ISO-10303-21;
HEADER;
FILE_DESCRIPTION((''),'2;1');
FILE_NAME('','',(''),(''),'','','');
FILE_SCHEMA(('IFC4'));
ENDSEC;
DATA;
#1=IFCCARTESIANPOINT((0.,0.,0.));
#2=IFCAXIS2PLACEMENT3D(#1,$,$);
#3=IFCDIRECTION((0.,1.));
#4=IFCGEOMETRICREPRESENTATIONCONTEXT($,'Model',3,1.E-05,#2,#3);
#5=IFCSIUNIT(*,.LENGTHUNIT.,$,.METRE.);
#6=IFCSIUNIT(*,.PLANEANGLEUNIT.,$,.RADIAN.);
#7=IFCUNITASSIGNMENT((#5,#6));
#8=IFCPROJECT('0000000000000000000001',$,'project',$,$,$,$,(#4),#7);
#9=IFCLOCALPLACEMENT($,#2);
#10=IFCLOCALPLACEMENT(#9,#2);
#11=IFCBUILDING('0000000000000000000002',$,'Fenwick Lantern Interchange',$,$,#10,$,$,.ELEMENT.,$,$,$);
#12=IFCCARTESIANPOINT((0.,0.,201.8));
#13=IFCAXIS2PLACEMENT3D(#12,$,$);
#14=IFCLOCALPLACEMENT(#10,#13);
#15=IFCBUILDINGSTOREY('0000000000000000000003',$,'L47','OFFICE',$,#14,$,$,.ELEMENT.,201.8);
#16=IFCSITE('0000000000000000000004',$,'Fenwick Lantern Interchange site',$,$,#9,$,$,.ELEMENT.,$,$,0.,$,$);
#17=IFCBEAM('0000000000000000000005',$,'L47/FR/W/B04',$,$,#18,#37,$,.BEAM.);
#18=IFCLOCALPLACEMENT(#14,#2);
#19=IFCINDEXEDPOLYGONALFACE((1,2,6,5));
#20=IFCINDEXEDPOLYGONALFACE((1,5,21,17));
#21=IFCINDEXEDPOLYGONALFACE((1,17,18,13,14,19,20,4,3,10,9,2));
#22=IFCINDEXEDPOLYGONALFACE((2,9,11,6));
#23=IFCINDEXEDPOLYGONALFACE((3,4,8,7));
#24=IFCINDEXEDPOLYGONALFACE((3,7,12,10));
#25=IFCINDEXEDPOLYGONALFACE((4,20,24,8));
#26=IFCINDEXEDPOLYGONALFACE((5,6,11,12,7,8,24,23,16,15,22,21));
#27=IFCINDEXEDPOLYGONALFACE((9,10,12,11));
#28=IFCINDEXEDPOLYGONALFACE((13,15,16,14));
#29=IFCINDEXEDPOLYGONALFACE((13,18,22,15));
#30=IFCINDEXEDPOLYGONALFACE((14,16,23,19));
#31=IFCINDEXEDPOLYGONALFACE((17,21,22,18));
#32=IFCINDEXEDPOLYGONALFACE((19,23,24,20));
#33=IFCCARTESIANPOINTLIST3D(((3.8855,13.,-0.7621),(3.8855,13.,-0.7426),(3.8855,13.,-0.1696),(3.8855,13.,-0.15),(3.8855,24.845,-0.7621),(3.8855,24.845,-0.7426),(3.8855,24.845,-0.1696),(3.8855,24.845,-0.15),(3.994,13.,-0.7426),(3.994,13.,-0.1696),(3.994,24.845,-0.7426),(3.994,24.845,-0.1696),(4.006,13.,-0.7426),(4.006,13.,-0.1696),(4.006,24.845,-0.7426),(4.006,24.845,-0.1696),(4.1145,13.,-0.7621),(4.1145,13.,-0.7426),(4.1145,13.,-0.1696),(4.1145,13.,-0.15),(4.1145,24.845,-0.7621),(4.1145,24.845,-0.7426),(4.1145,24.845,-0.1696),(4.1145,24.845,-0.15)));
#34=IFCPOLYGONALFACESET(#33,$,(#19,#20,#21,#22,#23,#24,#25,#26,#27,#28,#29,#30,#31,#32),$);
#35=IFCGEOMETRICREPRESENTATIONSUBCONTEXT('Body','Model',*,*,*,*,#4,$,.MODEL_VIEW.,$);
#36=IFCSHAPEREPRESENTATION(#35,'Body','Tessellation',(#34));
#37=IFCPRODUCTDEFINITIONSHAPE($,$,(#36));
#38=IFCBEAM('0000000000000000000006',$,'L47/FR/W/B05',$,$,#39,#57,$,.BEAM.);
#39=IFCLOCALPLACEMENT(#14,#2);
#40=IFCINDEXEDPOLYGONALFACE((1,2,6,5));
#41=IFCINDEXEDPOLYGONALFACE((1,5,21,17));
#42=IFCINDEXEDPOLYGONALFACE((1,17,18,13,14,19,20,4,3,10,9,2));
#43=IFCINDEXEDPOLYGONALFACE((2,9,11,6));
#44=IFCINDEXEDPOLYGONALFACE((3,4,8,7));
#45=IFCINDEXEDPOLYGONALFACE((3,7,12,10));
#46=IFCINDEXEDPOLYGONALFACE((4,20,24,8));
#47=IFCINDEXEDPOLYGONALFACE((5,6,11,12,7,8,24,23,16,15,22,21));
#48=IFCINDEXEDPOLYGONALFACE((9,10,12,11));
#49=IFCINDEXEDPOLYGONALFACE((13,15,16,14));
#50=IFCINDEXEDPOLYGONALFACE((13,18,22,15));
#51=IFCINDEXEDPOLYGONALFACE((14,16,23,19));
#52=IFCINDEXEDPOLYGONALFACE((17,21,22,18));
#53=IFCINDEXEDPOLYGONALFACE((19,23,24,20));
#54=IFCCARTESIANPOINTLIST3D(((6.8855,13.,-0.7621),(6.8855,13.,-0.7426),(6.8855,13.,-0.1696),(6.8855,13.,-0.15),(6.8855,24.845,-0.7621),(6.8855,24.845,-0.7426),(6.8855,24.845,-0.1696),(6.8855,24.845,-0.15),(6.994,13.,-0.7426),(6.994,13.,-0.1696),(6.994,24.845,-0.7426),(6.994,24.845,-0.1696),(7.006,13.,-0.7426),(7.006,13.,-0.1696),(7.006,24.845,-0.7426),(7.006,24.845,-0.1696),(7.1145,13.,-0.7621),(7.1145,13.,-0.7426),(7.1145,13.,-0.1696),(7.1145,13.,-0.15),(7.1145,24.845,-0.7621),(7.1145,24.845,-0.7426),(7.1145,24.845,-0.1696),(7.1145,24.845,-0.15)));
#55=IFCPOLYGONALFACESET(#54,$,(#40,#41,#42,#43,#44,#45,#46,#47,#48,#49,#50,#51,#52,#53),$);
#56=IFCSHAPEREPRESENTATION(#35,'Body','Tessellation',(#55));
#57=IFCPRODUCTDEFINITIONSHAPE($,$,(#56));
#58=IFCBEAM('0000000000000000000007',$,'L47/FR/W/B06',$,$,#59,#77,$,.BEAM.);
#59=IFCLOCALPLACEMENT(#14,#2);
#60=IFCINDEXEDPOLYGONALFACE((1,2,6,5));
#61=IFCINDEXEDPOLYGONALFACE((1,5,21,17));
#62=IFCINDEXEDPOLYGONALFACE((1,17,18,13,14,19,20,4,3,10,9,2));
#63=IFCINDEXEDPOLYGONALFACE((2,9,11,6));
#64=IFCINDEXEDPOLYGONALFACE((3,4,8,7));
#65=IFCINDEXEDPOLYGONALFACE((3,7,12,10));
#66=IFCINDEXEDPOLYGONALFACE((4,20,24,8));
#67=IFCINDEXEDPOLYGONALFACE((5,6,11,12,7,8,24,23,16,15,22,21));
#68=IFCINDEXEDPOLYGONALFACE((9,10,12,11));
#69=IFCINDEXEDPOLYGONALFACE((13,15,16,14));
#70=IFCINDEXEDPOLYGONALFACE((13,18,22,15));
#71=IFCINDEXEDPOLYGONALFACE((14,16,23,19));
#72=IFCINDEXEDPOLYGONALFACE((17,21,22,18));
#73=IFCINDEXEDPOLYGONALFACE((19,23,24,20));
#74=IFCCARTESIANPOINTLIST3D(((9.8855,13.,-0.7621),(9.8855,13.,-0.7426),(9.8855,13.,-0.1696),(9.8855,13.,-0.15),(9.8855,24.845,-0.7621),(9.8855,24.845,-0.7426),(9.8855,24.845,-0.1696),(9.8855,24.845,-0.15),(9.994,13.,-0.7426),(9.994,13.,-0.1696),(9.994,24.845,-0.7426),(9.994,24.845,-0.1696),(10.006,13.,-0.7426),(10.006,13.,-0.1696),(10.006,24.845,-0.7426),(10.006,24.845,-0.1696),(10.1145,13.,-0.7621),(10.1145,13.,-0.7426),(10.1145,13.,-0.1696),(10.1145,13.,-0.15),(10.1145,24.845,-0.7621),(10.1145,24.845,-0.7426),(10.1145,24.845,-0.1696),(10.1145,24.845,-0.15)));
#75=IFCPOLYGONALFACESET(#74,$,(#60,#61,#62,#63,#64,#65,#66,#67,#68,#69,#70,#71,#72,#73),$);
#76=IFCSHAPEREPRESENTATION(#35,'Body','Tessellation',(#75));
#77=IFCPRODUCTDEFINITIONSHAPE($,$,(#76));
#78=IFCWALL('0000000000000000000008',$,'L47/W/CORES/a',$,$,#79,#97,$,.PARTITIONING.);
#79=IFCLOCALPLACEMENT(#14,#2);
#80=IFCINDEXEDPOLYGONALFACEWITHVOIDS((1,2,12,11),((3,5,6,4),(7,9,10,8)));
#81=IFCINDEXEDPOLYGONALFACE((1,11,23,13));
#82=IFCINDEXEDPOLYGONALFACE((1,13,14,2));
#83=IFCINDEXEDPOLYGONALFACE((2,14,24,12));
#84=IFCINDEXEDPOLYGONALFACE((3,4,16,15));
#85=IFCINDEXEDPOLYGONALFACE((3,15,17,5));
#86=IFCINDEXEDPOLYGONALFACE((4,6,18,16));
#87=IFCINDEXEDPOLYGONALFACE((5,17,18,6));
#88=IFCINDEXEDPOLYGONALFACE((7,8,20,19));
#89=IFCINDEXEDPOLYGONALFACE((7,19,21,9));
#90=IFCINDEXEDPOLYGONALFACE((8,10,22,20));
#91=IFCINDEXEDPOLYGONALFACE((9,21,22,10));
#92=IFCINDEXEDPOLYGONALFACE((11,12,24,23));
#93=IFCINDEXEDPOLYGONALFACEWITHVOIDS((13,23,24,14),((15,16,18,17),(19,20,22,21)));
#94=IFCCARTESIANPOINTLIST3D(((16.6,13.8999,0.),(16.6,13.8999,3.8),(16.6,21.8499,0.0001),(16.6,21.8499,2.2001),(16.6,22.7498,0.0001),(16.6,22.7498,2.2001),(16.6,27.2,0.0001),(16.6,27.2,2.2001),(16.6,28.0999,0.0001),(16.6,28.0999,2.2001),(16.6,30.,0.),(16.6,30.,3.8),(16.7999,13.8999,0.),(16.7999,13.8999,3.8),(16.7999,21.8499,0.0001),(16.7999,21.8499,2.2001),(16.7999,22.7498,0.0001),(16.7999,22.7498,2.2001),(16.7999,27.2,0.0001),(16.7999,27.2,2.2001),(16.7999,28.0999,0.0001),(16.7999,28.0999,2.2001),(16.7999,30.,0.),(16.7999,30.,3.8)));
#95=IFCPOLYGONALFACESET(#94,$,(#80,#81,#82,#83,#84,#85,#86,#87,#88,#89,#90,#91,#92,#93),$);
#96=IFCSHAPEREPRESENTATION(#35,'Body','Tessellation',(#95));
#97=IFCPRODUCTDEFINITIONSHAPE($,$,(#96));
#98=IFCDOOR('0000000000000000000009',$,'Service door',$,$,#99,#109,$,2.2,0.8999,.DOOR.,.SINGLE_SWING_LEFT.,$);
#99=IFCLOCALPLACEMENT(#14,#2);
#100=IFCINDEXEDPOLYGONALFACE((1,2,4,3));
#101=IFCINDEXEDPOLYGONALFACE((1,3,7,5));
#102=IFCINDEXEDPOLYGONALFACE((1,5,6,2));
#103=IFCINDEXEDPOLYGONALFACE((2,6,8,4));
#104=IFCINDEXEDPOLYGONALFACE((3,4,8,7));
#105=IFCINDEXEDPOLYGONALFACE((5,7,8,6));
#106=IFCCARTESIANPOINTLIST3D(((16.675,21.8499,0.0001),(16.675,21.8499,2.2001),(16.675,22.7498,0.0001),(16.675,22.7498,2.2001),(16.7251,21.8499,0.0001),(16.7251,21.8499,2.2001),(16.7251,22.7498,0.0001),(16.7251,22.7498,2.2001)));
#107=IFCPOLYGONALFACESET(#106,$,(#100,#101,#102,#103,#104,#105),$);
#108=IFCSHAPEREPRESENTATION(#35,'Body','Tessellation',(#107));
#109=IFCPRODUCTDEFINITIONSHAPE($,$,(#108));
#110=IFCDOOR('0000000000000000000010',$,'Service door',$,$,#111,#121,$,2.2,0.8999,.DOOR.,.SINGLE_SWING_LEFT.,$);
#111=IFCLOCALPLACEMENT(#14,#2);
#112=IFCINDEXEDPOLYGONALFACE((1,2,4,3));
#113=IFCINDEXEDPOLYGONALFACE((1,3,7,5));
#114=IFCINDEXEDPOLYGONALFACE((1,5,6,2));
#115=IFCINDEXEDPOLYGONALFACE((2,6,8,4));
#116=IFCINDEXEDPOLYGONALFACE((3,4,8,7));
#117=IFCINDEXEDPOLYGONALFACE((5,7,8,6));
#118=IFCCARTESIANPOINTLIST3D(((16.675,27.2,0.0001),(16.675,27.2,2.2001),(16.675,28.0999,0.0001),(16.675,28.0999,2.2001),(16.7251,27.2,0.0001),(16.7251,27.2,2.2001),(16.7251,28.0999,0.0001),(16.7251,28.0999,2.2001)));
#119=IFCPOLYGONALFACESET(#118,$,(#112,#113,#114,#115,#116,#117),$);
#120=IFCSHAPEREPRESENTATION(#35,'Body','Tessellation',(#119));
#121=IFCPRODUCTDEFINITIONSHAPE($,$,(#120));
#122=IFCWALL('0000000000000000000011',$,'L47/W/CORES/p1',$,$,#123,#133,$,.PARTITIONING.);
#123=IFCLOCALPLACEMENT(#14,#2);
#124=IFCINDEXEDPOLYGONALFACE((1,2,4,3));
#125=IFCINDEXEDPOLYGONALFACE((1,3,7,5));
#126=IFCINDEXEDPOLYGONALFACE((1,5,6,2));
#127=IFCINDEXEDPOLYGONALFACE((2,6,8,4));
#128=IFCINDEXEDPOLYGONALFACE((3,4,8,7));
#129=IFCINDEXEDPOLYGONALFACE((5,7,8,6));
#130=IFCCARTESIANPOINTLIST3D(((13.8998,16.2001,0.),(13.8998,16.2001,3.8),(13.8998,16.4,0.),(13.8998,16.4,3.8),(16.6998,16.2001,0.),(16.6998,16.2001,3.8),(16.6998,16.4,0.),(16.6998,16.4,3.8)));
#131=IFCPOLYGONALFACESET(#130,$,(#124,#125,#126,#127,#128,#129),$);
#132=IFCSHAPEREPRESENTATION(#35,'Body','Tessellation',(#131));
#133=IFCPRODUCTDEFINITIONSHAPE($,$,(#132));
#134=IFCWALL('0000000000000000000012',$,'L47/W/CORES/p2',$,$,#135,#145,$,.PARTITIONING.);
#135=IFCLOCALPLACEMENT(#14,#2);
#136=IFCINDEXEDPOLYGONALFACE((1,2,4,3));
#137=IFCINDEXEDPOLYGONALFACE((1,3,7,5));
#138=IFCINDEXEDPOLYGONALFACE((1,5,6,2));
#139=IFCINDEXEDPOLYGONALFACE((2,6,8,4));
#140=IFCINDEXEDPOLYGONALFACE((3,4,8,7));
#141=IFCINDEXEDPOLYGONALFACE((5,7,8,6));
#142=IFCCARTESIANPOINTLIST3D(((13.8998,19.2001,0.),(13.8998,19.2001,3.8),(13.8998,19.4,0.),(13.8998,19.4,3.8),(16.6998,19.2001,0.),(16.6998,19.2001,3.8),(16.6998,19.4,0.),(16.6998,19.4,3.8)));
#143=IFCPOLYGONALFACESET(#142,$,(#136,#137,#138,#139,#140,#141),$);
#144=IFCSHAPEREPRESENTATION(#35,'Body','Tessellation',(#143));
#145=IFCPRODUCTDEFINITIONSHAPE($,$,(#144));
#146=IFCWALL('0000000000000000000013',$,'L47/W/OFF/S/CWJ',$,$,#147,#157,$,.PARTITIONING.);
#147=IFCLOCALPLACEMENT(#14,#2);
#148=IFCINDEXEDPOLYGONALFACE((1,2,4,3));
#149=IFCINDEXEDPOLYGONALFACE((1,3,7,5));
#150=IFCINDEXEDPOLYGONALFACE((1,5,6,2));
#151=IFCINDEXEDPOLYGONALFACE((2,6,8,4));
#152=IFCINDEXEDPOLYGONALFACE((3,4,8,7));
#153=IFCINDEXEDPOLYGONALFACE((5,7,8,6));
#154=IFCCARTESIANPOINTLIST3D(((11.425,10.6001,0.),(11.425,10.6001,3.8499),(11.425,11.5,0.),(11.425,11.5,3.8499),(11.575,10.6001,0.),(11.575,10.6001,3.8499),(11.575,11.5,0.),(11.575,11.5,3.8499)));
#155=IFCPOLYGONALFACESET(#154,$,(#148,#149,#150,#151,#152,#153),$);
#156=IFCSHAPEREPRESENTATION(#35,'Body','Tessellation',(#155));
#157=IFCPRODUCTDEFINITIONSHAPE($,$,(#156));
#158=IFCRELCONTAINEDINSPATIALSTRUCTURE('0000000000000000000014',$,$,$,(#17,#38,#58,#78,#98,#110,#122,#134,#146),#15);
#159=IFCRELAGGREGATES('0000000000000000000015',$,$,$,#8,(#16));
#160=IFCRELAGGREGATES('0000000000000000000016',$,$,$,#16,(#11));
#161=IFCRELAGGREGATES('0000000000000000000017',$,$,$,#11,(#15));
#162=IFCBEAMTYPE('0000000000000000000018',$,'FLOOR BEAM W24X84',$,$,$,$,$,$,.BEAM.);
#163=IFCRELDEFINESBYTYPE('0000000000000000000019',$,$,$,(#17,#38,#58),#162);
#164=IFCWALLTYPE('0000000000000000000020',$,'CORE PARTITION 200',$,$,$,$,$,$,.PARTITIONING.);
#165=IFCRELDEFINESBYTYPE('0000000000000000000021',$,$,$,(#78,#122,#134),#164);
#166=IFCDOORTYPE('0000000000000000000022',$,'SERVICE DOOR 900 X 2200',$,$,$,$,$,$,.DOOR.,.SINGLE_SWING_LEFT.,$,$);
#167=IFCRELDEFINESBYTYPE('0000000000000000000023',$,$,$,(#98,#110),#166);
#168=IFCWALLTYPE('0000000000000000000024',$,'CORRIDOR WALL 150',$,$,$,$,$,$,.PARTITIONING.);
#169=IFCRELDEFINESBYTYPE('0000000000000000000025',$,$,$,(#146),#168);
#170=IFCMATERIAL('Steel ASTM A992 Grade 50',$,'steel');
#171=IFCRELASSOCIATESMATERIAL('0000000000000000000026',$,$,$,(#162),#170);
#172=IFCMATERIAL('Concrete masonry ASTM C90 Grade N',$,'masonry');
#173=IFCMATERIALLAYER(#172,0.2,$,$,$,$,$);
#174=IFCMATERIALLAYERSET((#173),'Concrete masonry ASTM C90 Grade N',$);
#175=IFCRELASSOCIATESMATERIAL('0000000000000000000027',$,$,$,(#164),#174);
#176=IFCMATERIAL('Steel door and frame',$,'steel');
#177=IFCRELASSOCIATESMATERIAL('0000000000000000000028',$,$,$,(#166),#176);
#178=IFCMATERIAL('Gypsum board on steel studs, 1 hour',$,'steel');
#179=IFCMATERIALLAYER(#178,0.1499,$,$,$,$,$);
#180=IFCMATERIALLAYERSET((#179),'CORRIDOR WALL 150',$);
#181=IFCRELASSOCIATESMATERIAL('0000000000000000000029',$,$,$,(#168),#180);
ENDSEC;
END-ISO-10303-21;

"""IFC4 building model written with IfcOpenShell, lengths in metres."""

from ifc_helpers import new_model, si_unit, direction, frame, frame_2d, origin, origin_2d, place, context, subcontext, project, spatial, rectangle, i_section, extrude, material, layer, layer_set, material_profile, profile_set, type_object, element, fill, save


model = new_model("IFC4")

# Units and contexts
model_context = context("Model", 3, precision=1e-05, world=origin(), true_north=direction((0.0, 1.0)))
body_context = subcontext(model_context, "Body", "Model", "MODEL_VIEW")
ifc_project = project(units=[si_unit("LENGTHUNIT", "METRE"), si_unit("PLANEANGLEUNIT", "RADIAN")], contexts=[model_context])

# Site, building, storey
site_placement = place(None, origin())
site = spatial("IfcSite", under=ifc_project, at=site_placement, Name="Fenwick Lantern Interchange site", CompositionType="ELEMENT", RefElevation=0.0)
building_placement = place(site_placement, origin())
building = spatial("IfcBuilding", under=site, at=building_placement, Name="Fenwick Lantern Interchange", CompositionType="ELEMENT")
storey_placement = place(building_placement, frame((0.0, 0.0, 201.8)))
storey = spatial("IfcBuildingStorey", under=building, at=storey_placement, Name="L47", Description="OFFICE", CompositionType="ELEMENT", Elevation=201.8)

# Beams
ifc_material_1 = material(Name="Steel ASTM A992 Grade 50", Category="steel")
ifc_material_profile = material_profile(ifc_material_1, i_section(OverallWidth=0.229, OverallDepth=0.6121, WebThickness=0.012, FlangeThickness=0.0195, at=origin_2d()), Name="W24X84")
ifc_profile_set = profile_set([ifc_material_profile], Name="Steel ASTM A992 Grade 50")
beam_type = type_object("IfcBeamType", Name="FLOOR BEAM W24X84", PredefinedType="BEAM", material=ifc_profile_set)
for number, where, z_axis, x_axis, name in (
    (1, (4.0, 24.845, -0.4561), (0.0, -1.0, 0.0), (1.0, 0.0, 0.0), "L47/FR/W/B04"),
    (2, (7.0, 24.845, -0.4561), (0.0, -1.0, 0.0), (1.0, 0.0, 0.0), "L47/FR/W/B05"),
    (3, (10.0, 24.845, -0.4561), (0.0, -1.0, 0.0), (1.0, 0.0, 0.0), "L47/FR/W/B06"),
):
    element("IfcBeam", number, at=place(storey_placement, frame(where, z_axis=z_axis, x_axis=x_axis)), inside=storey, type_object=beam_type, Name=name, PredefinedType="BEAM", context=body_context, shape_type="SweptSolid", body=[
        extrude(i_section(OverallWidth=0.229, OverallDepth=0.6121, WebThickness=0.012, FlangeThickness=0.0195, at=origin_2d()), origin(), (0.0, 0.0, 1.0), 11.845),
    ])

# Wall, openings, doors
ifc_material_2 = material(Name="Concrete masonry ASTM C90 Grade N", Category="masonry")
ifc_layer_1 = layer(ifc_material_2, 0.2)
ifc_layer_set_1 = layer_set([ifc_layer_1], Name="Concrete masonry ASTM C90 Grade N")
wall_type_1 = type_object("IfcWallType", Name="CORE PARTITION 200", PredefinedType="PARTITIONING", material=ifc_layer_set_1)
wall_1_placement = place(storey_placement, frame((16.7, 13.8999, 0.0), z_axis=(0.0, 0.0, 1.0), x_axis=(0.0, 1.0, 0.0)))
wall_1 = element("IfcWall", 4, at=wall_1_placement, inside=storey, type_object=wall_type_1, Name="L47/W/CORES/a", PredefinedType="PARTITIONING", context=body_context, shape_type="SweptSolid", body=[
    extrude(rectangle(XDim=16.1001, YDim=0.2, at=frame_2d((8.05, 0.0))), origin(), (0.0, 0.0, 1.0), 3.8),
])
opening_1_placement = place(wall_1_placement, frame((7.95, 0.0, 0.0)))
opening_1 = element("IfcOpeningElement", 5, at=opening_1_placement, cuts=wall_1, PredefinedType="OPENING", context=body_context, shape_type="SweptSolid", body=[
    extrude(rectangle(XDim=0.8999, YDim=2.2, at=frame_2d((0.45, 1.1001))), frame((0.0, 0.1099, 0.0), z_axis=(0.0, -1.0, 0.0), x_axis=(1.0, 0.0, 0.0)), (0.0, 0.0, 1.0), 0.22),
])
opening_2_placement = place(wall_1_placement, frame((13.3, 0.0, 0.0)))
opening_2 = element("IfcOpeningElement", 6, at=opening_2_placement, cuts=wall_1, PredefinedType="OPENING", context=body_context, shape_type="SweptSolid", body=[
    extrude(rectangle(XDim=0.8999, YDim=2.2, at=frame_2d((0.45, 1.1001))), frame((0.0, 0.1099, 0.0), z_axis=(0.0, -1.0, 0.0), x_axis=(1.0, 0.0, 0.0)), (0.0, 0.0, 1.0), 0.22),
])
ifc_material_3 = material(Name="Steel door and frame", Category="steel")
door_type_1 = type_object("IfcDoorType", Name="SERVICE DOOR 900 X 2200", OperationType="SINGLE_SWING_LEFT", PredefinedType="DOOR", material=ifc_material_3)
door_1_placement = place(opening_1_placement, origin())
door_1 = element("IfcDoor", 7, at=door_1_placement, inside=storey, type_object=door_type_1, Name="Service door", OperationType="SINGLE_SWING_LEFT", OverallHeight=2.2, OverallWidth=0.8999, PredefinedType="DOOR", context=body_context, shape_type="SweptSolid", body=[
    extrude(rectangle(XDim=0.8999, YDim=2.2, at=frame_2d((0.45, 1.1001))), frame((0.0, 0.0249, 0.0), z_axis=(0.0, -1.0, 0.0), x_axis=(1.0, 0.0, 0.0)), (0.0, 0.0, 1.0), 0.05),
])
fill(opening_1, door_1)
door_2_placement = place(opening_2_placement, origin())
door_2 = element("IfcDoor", 8, at=door_2_placement, inside=storey, type_object=door_type_1, Name="Service door", OperationType="SINGLE_SWING_LEFT", OverallHeight=2.2, OverallWidth=0.8999, PredefinedType="DOOR", context=body_context, shape_type="SweptSolid", body=[
    extrude(rectangle(XDim=0.8999, YDim=2.2, at=frame_2d((0.45, 1.1001))), frame((0.0, 0.0249, 0.0), z_axis=(0.0, -1.0, 0.0), x_axis=(1.0, 0.0, 0.0)), (0.0, 0.0, 1.0), 0.05),
])
fill(opening_2, door_2)

# Walls
for number, where, z_axis, x_axis, name in (
    (9, (13.8999, 16.3, 0.0), (0.0, 0.0, 1.0), (1.0, 0.0, 0.0), "L47/W/CORES/p1"),
    (10, (13.8999, 19.3, 0.0), (0.0, 0.0, 1.0), (1.0, 0.0, 0.0), "L47/W/CORES/p2"),
):
    element("IfcWall", number, at=place(storey_placement, frame(where, z_axis=z_axis, x_axis=x_axis)), inside=storey, type_object=wall_type_1, Name=name, PredefinedType="PARTITIONING", context=body_context, shape_type="SweptSolid", body=[
        extrude(rectangle(XDim=2.8, YDim=0.2, at=frame_2d((1.3999, 0.0))), origin(), (0.0, 0.0, 1.0), 3.8),
    ])

# Wall
ifc_material_4 = material(Name="Gypsum board on steel studs, 1 hour", Category="steel")
ifc_layer_2 = layer(ifc_material_4, 0.1499)
ifc_layer_set_2 = layer_set([ifc_layer_2], Name="CORRIDOR WALL 150")
wall_type_2 = type_object("IfcWallType", Name="CORRIDOR WALL 150", PredefinedType="PARTITIONING", material=ifc_layer_set_2)
wall_2_placement = place(storey_placement, frame((11.5, 11.5, 0.0), z_axis=(0.0, 0.0, 1.0), x_axis=(0.0, -1.0, 0.0)))
element("IfcWall", 11, at=wall_2_placement, inside=storey, type_object=wall_type_2, Name="L47/W/OFF/S/CWJ", PredefinedType="PARTITIONING", context=body_context, shape_type="SweptSolid", body=[
    extrude(rectangle(XDim=0.8999, YDim=0.1499, at=frame_2d((0.45, 0.0))), origin(), (0.0, 0.0, 1.0), 3.8499),
])

save(model, "model.ifc")
